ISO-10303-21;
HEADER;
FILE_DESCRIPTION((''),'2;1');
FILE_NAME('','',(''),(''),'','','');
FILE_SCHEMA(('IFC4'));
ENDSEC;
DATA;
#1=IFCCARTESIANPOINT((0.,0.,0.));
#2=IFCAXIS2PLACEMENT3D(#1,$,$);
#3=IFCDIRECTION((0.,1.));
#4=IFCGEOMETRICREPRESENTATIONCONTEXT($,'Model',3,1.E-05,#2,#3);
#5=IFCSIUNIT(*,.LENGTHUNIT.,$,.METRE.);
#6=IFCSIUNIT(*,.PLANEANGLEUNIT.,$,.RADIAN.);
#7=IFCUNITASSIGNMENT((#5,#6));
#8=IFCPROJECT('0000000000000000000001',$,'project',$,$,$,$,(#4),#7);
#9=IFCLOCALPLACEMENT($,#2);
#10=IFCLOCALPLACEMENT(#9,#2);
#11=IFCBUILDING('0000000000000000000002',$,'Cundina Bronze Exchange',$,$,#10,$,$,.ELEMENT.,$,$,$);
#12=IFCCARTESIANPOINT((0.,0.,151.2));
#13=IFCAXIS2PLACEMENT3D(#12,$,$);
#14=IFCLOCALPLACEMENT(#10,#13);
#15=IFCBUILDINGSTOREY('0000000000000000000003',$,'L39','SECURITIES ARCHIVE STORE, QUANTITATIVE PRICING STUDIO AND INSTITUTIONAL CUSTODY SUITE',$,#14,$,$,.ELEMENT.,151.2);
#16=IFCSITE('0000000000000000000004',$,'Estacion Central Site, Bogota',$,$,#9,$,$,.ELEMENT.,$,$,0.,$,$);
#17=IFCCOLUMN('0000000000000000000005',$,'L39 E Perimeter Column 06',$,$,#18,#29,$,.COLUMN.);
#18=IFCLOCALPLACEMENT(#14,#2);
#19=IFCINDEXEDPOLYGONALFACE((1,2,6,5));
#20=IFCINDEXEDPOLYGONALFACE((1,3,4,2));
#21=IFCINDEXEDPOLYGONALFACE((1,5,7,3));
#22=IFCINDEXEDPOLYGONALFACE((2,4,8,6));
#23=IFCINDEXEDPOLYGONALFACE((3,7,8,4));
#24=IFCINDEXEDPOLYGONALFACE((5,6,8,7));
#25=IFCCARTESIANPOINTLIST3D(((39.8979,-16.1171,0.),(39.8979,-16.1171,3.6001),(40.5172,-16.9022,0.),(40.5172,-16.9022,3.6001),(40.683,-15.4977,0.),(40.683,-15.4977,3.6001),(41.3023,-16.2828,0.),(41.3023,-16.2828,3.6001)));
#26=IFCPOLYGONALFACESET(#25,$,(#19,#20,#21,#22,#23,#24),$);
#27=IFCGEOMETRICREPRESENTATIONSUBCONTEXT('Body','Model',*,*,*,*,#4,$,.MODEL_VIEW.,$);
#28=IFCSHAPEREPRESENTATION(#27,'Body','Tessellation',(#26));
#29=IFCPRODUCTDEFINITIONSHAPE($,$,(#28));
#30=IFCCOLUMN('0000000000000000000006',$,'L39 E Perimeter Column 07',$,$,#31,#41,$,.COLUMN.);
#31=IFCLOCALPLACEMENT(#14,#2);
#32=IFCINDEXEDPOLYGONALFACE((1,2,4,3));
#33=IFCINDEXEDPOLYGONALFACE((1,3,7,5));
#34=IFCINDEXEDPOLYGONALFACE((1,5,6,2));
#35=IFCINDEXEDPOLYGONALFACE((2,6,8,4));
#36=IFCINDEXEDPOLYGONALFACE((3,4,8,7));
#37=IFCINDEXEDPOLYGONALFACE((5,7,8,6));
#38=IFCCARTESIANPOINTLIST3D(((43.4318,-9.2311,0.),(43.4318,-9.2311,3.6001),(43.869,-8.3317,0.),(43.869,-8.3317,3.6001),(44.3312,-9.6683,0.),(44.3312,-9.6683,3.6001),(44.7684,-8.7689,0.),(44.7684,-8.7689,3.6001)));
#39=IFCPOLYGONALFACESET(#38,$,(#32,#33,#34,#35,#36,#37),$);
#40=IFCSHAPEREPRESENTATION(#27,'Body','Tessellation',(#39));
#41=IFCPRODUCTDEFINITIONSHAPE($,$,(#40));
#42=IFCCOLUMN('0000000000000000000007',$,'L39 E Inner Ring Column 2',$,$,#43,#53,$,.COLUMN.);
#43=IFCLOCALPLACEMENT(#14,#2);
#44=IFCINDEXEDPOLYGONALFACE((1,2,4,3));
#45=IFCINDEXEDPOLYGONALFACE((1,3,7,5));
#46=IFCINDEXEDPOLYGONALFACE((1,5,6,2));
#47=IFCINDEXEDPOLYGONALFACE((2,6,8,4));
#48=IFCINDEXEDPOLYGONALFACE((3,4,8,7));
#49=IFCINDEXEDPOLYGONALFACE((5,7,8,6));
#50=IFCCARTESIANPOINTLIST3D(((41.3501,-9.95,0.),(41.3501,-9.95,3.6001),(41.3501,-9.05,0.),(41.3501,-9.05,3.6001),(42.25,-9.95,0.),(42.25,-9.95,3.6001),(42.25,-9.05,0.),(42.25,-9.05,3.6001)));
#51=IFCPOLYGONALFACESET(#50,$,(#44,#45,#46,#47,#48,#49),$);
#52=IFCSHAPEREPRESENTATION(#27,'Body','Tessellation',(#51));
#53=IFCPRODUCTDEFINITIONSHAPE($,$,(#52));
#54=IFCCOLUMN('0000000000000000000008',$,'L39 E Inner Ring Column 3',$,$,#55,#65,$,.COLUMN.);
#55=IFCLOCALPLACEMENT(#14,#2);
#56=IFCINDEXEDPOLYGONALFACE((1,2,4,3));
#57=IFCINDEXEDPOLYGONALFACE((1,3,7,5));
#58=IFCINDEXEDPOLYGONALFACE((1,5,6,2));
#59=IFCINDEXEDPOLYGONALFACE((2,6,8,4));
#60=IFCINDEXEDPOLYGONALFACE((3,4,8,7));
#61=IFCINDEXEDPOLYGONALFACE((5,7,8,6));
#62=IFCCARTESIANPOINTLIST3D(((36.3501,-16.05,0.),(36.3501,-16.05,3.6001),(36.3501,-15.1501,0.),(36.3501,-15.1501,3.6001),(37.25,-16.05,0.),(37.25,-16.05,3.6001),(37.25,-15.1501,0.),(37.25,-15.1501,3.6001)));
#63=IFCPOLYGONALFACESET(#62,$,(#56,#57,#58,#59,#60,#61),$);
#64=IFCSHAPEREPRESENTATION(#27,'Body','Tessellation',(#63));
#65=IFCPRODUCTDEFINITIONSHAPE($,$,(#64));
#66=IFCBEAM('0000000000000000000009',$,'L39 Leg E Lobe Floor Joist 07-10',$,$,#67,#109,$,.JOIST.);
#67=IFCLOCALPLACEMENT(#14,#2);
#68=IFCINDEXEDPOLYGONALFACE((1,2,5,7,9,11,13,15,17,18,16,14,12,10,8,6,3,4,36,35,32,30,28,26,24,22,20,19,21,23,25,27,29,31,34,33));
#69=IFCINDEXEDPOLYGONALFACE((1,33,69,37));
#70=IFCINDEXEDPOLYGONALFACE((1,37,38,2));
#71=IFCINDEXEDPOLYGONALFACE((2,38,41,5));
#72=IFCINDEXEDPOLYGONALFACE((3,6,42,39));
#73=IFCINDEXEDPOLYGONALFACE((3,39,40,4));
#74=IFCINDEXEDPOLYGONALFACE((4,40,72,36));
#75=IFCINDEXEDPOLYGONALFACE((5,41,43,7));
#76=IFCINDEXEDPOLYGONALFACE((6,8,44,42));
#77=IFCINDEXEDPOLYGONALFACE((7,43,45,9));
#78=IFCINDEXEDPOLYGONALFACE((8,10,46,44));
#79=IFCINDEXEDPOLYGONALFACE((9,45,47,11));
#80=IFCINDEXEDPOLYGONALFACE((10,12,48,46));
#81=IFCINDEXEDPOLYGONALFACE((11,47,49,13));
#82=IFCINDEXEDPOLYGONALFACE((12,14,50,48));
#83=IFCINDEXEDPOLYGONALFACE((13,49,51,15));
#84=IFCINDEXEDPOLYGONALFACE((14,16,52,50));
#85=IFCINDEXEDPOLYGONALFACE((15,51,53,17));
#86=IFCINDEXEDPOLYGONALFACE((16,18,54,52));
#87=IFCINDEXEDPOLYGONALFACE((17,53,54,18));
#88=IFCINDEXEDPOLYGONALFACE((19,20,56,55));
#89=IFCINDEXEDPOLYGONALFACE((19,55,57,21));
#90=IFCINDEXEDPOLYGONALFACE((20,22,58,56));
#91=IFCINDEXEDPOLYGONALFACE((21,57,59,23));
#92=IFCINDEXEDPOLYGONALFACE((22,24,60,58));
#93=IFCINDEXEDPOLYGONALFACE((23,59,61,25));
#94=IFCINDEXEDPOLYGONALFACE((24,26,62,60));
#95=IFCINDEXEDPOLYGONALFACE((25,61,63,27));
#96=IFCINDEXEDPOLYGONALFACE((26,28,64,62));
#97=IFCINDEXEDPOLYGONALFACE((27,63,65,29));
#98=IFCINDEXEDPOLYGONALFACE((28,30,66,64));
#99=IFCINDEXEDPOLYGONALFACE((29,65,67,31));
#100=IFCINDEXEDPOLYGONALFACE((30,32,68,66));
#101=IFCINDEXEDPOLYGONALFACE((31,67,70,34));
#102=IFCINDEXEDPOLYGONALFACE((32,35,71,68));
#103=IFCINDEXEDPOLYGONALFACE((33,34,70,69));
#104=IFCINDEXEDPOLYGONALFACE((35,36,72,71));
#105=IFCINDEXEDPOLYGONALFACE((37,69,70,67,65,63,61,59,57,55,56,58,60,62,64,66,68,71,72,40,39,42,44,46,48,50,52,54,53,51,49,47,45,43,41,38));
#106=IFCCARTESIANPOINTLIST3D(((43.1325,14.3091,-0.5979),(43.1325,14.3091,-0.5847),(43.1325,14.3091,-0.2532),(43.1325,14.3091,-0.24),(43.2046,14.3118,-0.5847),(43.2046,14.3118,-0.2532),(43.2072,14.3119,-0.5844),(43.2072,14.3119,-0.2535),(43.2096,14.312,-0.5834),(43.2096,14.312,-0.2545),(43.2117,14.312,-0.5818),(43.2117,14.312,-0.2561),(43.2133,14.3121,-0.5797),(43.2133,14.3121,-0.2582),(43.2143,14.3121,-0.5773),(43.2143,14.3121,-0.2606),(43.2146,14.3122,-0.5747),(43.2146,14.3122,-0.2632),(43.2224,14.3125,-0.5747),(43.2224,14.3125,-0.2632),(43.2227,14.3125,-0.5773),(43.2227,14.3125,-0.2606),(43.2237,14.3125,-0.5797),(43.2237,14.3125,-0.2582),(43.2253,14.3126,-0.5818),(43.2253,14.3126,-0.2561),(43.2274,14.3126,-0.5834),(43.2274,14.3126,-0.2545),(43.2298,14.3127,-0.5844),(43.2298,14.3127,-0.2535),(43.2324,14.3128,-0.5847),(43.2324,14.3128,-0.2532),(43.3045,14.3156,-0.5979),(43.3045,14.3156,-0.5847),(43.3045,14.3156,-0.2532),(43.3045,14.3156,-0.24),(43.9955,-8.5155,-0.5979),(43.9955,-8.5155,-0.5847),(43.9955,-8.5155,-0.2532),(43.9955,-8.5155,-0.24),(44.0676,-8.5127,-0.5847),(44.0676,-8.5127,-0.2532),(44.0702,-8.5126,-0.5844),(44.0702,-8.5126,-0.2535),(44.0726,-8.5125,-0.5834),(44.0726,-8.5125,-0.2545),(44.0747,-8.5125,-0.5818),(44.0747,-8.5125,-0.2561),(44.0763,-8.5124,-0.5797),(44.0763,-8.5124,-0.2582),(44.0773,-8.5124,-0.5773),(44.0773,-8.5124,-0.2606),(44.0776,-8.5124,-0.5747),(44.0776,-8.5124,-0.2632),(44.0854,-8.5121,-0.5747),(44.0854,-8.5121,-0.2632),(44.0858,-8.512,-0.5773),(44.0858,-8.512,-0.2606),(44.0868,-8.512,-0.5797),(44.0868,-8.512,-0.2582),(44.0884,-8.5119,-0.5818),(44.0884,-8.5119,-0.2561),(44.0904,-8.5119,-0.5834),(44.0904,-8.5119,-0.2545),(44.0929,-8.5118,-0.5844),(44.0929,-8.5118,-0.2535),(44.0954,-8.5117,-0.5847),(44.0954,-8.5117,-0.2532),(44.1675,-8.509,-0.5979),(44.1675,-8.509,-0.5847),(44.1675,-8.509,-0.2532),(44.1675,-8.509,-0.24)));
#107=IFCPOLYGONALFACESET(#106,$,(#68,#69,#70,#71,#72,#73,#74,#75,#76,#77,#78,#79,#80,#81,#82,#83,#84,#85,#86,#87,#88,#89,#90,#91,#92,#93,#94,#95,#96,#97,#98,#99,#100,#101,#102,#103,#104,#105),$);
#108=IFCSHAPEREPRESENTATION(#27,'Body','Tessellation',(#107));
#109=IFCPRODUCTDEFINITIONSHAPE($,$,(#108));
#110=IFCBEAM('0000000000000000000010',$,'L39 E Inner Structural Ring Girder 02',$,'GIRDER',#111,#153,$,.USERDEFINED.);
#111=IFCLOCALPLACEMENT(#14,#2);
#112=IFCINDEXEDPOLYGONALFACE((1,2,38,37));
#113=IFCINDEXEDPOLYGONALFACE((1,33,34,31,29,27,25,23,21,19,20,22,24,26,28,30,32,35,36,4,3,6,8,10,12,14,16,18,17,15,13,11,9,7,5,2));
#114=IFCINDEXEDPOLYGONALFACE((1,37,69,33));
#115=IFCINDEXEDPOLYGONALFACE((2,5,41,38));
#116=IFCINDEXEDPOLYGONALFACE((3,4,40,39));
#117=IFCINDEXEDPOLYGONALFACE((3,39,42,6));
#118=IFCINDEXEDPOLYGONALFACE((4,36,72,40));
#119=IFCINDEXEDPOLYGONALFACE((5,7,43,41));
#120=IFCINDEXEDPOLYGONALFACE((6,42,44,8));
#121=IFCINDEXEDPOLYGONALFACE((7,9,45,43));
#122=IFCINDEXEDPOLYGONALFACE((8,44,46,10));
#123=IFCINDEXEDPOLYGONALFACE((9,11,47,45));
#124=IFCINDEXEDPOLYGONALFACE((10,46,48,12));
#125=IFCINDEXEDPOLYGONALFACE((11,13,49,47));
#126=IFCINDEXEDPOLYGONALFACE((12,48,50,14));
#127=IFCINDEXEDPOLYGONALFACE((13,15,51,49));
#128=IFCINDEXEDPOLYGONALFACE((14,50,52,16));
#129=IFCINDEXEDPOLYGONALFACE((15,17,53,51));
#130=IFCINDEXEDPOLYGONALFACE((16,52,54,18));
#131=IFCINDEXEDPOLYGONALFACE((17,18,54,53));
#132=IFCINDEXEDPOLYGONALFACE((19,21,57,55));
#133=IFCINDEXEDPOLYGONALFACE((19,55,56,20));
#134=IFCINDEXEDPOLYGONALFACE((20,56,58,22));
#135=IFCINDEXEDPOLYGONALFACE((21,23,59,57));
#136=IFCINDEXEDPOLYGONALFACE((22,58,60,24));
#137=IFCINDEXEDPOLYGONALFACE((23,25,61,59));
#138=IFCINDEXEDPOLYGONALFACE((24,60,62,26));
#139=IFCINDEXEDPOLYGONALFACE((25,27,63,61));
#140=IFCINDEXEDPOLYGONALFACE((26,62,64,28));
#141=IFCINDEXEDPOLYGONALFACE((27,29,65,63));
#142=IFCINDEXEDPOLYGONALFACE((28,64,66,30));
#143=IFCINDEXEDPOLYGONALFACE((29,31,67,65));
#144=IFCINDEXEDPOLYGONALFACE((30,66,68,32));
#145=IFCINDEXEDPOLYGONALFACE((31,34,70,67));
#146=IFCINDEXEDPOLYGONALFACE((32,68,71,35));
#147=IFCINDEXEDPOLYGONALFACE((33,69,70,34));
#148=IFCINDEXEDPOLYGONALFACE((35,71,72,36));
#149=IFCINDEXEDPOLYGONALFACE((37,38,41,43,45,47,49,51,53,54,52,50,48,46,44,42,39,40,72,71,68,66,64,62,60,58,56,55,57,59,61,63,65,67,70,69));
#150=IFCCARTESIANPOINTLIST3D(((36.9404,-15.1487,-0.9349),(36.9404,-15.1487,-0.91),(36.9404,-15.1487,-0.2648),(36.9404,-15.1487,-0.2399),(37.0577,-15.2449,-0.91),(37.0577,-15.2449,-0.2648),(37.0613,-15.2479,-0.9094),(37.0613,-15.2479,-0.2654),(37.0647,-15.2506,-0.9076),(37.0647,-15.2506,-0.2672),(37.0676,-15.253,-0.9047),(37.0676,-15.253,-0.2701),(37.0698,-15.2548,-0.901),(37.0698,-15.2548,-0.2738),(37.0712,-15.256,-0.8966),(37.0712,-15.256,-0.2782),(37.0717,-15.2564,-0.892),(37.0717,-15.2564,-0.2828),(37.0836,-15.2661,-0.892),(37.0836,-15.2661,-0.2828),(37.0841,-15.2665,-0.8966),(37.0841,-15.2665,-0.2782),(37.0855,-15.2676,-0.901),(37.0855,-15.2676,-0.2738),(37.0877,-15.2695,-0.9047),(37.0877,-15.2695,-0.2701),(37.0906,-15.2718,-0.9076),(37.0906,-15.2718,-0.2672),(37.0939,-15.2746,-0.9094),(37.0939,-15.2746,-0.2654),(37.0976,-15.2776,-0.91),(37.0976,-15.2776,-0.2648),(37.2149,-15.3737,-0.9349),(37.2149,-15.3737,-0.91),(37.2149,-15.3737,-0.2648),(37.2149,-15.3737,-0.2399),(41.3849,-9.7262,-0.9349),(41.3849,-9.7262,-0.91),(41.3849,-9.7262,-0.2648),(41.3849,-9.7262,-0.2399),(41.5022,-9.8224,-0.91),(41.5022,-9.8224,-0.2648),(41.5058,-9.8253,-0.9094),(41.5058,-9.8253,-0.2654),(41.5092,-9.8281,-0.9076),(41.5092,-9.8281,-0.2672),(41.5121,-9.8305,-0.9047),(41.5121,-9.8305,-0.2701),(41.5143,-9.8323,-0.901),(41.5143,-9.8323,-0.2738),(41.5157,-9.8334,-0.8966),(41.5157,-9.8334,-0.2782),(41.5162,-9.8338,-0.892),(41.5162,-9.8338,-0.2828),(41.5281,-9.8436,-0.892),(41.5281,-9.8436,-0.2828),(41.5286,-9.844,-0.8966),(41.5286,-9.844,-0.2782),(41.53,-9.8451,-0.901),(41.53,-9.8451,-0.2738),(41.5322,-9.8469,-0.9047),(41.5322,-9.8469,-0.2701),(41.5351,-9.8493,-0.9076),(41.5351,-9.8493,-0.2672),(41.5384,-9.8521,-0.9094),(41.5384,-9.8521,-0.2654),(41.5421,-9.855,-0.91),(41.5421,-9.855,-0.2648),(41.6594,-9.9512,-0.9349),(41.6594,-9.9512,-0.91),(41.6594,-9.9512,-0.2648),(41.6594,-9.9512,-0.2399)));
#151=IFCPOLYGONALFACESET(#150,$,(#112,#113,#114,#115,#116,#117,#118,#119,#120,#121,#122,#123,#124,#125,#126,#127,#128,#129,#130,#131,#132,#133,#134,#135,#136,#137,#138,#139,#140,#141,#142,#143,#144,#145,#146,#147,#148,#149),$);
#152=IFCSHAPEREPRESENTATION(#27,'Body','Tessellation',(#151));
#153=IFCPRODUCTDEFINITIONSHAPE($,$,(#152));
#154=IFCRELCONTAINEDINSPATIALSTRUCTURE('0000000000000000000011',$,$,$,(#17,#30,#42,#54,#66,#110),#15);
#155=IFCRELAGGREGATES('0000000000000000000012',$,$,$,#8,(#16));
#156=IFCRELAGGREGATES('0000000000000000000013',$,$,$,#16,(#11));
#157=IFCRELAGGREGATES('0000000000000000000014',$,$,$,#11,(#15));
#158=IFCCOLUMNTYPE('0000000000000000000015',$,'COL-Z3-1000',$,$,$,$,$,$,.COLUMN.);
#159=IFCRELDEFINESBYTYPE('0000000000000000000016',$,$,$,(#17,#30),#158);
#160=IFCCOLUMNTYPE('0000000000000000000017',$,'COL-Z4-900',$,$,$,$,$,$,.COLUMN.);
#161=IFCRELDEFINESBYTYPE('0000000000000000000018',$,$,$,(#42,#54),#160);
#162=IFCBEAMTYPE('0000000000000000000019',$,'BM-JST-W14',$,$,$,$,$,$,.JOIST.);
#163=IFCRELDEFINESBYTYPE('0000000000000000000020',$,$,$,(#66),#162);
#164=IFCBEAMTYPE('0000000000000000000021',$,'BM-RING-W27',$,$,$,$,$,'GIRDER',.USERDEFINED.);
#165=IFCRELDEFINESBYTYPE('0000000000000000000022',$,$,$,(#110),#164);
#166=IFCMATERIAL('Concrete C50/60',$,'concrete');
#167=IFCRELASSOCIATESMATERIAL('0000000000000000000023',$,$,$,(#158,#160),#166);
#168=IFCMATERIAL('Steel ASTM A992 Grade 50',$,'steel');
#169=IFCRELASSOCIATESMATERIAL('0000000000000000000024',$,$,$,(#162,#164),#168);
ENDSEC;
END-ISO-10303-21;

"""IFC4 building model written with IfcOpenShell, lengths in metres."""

from ifc_helpers import new_model, si_unit, direction, frame, origin, origin_2d, place, context, subcontext, project, spatial, rectangle, i_section, extrude, material, material_profile, profile_set, type_object, element, save


model = new_model("IFC4")

# Units and contexts
model_context = context("Model", 3, precision=1e-05, world=origin(), true_north=direction((0.0, 1.0)))
body_context = subcontext(model_context, "Body", "Model", "MODEL_VIEW")
ifc_project = project(units=[si_unit("LENGTHUNIT", "METRE"), si_unit("PLANEANGLEUNIT", "RADIAN")], contexts=[model_context])

# Site, building, storey
site_placement = place(None, origin())
site = spatial("IfcSite", under=ifc_project, at=site_placement, Name="Estacion Central Site, Bogota", CompositionType="ELEMENT", RefElevation=0.0)
building_placement = place(site_placement, origin())
building = spatial("IfcBuilding", under=site, at=building_placement, Name="Cundina Bronze Exchange", CompositionType="ELEMENT")
storey_placement = place(building_placement, frame((0.0, 0.0, 151.2)))
storey = spatial("IfcBuildingStorey", under=building, at=storey_placement, Name="L39", Description="SECURITIES ARCHIVE STORE, QUANTITATIVE PRICING STUDIO AND INSTITUTIONAL CUSTODY SUITE", CompositionType="ELEMENT", Elevation=151.2)

# Columns
ifc_material_1 = material(Name="Concrete C50/60", Category="concrete")
ifc_material_profile_1 = material_profile(ifc_material_1, rectangle(XDim=1.0, YDim=1.0, at=origin_2d()), Name="RC1000X1000", Category="concrete")
ifc_profile_set_1 = profile_set([ifc_material_profile_1], Name="Concrete C50/60")
column_type_1 = type_object("IfcColumnType", Name="COL-Z3-1000", PredefinedType="COLUMN", material=ifc_profile_set_1)
for number, where, z_axis, x_axis, name in (
    (1, (40.6001, -16.2, 0.0), (0.0, 0.0, 1.0), (0.785101, 0.619368, 0.0), "L39 E Perimeter Column 06"),
    (2, (44.1001, -9.0, 0.0), (0.0, 0.0, 1.0), (0.437116, 0.899405, 0.0), "L39 E Perimeter Column 07"),
):
    element("IfcColumn", number, at=place(storey_placement, frame(where, z_axis=z_axis, x_axis=x_axis)), inside=storey, type_object=column_type_1, Name=name, PredefinedType="COLUMN", context=body_context, shape_type="SweptSolid", body=[
        extrude(rectangle(XDim=1.0, YDim=1.0, at=origin_2d()), origin(), (0.0, 0.0, 1.0), 3.6001),
    ])
ifc_material_profile_2 = material_profile(ifc_material_1, rectangle(XDim=0.8999, YDim=0.8999, at=origin_2d()), Name="RC900X900", Category="concrete")
ifc_profile_set_2 = profile_set([ifc_material_profile_2], Name="Concrete C50/60")
column_type_2 = type_object("IfcColumnType", Name="COL-Z4-900", PredefinedType="COLUMN", material=ifc_profile_set_2)
for number, where, z_axis, x_axis, name in (
    (3, (41.8, -9.5, 0.0), (0.0, 0.0, 1.0), (1.0, 0.0, 0.0), "L39 E Inner Ring Column 2"),
    (4, (36.8, -15.6001, 0.0), (0.0, 0.0, 1.0), (1.0, 0.0, 0.0), "L39 E Inner Ring Column 3"),
):
    element("IfcColumn", number, at=place(storey_placement, frame(where, z_axis=z_axis, x_axis=x_axis)), inside=storey, type_object=column_type_2, Name=name, PredefinedType="COLUMN", context=body_context, shape_type="SweptSolid", body=[
        extrude(rectangle(XDim=0.8999, YDim=0.8999, at=origin_2d()), origin(), (0.0, 0.0, 1.0), 3.6001),
    ])

# Beams
ifc_material_2 = material(Name="Steel ASTM A992 Grade 50", Category="steel")
ifc_material_profile_3 = material_profile(ifc_material_2, i_section(OverallWidth=0.1721, OverallDepth=0.3579, WebThickness=0.0078, FlangeThickness=0.0132, FilletRadius=0.01, at=origin_2d()), Name="W14X38", Category="steel")
ifc_profile_set_3 = profile_set([ifc_material_profile_3], Name="Steel ASTM A992 Grade 50")
beam_type_1 = type_object("IfcBeamType", Name="BM-JST-W14", PredefinedType="JOIST", material=ifc_profile_set_3)
beam_1_placement = place(storey_placement, frame((44.0815, -8.5122, -0.4189), z_axis=(-0.037785, 0.999286, 0.0), x_axis=(-0.999286, -0.037785, 0.0)))
element("IfcBeam", 5, at=beam_1_placement, inside=storey, type_object=beam_type_1, Name="L39 Leg E Lobe Floor Joist 07-10", PredefinedType="JOIST", context=body_context, shape_type="SweptSolid", body=[
    extrude(i_section(OverallWidth=0.1721, OverallDepth=0.3579, WebThickness=0.0078, FlangeThickness=0.0132, FilletRadius=0.01, at=origin_2d()), origin(), (0.0, 0.0, 1.0), 22.8408),
])
ifc_material_profile_4 = material_profile(ifc_material_2, i_section(OverallWidth=0.355, OverallDepth=0.6951, WebThickness=0.0154, FlangeThickness=0.0249, FilletRadius=0.0181, at=origin_2d()), Name="W27X146", Category="steel")
ifc_profile_set_4 = profile_set([ifc_material_profile_4], Name="Steel ASTM A992 Grade 50")
beam_type_2 = type_object("IfcBeamType", Name="BM-RING-W27", ElementType="GIRDER", PredefinedType="USERDEFINED", material=ifc_profile_set_4)
beam_2_placement = place(storey_placement, frame((37.0776, -15.2612, -0.5874), z_axis=(0.633913, 0.773405, 0.0), x_axis=(-0.773405, 0.633913, 0.0)))
element("IfcBeam", 6, at=beam_2_placement, inside=storey, type_object=beam_type_2, Name="L39 E Inner Structural Ring Girder 02", ObjectType="GIRDER", PredefinedType="USERDEFINED", context=body_context, shape_type="SweptSolid", body=[
    extrude(i_section(OverallWidth=0.355, OverallDepth=0.6951, WebThickness=0.0154, FlangeThickness=0.0249, FilletRadius=0.0181, at=origin_2d()), origin(), (0.0, 0.0, 1.0), 7.0112),
])

save(model, "model.ifc")
